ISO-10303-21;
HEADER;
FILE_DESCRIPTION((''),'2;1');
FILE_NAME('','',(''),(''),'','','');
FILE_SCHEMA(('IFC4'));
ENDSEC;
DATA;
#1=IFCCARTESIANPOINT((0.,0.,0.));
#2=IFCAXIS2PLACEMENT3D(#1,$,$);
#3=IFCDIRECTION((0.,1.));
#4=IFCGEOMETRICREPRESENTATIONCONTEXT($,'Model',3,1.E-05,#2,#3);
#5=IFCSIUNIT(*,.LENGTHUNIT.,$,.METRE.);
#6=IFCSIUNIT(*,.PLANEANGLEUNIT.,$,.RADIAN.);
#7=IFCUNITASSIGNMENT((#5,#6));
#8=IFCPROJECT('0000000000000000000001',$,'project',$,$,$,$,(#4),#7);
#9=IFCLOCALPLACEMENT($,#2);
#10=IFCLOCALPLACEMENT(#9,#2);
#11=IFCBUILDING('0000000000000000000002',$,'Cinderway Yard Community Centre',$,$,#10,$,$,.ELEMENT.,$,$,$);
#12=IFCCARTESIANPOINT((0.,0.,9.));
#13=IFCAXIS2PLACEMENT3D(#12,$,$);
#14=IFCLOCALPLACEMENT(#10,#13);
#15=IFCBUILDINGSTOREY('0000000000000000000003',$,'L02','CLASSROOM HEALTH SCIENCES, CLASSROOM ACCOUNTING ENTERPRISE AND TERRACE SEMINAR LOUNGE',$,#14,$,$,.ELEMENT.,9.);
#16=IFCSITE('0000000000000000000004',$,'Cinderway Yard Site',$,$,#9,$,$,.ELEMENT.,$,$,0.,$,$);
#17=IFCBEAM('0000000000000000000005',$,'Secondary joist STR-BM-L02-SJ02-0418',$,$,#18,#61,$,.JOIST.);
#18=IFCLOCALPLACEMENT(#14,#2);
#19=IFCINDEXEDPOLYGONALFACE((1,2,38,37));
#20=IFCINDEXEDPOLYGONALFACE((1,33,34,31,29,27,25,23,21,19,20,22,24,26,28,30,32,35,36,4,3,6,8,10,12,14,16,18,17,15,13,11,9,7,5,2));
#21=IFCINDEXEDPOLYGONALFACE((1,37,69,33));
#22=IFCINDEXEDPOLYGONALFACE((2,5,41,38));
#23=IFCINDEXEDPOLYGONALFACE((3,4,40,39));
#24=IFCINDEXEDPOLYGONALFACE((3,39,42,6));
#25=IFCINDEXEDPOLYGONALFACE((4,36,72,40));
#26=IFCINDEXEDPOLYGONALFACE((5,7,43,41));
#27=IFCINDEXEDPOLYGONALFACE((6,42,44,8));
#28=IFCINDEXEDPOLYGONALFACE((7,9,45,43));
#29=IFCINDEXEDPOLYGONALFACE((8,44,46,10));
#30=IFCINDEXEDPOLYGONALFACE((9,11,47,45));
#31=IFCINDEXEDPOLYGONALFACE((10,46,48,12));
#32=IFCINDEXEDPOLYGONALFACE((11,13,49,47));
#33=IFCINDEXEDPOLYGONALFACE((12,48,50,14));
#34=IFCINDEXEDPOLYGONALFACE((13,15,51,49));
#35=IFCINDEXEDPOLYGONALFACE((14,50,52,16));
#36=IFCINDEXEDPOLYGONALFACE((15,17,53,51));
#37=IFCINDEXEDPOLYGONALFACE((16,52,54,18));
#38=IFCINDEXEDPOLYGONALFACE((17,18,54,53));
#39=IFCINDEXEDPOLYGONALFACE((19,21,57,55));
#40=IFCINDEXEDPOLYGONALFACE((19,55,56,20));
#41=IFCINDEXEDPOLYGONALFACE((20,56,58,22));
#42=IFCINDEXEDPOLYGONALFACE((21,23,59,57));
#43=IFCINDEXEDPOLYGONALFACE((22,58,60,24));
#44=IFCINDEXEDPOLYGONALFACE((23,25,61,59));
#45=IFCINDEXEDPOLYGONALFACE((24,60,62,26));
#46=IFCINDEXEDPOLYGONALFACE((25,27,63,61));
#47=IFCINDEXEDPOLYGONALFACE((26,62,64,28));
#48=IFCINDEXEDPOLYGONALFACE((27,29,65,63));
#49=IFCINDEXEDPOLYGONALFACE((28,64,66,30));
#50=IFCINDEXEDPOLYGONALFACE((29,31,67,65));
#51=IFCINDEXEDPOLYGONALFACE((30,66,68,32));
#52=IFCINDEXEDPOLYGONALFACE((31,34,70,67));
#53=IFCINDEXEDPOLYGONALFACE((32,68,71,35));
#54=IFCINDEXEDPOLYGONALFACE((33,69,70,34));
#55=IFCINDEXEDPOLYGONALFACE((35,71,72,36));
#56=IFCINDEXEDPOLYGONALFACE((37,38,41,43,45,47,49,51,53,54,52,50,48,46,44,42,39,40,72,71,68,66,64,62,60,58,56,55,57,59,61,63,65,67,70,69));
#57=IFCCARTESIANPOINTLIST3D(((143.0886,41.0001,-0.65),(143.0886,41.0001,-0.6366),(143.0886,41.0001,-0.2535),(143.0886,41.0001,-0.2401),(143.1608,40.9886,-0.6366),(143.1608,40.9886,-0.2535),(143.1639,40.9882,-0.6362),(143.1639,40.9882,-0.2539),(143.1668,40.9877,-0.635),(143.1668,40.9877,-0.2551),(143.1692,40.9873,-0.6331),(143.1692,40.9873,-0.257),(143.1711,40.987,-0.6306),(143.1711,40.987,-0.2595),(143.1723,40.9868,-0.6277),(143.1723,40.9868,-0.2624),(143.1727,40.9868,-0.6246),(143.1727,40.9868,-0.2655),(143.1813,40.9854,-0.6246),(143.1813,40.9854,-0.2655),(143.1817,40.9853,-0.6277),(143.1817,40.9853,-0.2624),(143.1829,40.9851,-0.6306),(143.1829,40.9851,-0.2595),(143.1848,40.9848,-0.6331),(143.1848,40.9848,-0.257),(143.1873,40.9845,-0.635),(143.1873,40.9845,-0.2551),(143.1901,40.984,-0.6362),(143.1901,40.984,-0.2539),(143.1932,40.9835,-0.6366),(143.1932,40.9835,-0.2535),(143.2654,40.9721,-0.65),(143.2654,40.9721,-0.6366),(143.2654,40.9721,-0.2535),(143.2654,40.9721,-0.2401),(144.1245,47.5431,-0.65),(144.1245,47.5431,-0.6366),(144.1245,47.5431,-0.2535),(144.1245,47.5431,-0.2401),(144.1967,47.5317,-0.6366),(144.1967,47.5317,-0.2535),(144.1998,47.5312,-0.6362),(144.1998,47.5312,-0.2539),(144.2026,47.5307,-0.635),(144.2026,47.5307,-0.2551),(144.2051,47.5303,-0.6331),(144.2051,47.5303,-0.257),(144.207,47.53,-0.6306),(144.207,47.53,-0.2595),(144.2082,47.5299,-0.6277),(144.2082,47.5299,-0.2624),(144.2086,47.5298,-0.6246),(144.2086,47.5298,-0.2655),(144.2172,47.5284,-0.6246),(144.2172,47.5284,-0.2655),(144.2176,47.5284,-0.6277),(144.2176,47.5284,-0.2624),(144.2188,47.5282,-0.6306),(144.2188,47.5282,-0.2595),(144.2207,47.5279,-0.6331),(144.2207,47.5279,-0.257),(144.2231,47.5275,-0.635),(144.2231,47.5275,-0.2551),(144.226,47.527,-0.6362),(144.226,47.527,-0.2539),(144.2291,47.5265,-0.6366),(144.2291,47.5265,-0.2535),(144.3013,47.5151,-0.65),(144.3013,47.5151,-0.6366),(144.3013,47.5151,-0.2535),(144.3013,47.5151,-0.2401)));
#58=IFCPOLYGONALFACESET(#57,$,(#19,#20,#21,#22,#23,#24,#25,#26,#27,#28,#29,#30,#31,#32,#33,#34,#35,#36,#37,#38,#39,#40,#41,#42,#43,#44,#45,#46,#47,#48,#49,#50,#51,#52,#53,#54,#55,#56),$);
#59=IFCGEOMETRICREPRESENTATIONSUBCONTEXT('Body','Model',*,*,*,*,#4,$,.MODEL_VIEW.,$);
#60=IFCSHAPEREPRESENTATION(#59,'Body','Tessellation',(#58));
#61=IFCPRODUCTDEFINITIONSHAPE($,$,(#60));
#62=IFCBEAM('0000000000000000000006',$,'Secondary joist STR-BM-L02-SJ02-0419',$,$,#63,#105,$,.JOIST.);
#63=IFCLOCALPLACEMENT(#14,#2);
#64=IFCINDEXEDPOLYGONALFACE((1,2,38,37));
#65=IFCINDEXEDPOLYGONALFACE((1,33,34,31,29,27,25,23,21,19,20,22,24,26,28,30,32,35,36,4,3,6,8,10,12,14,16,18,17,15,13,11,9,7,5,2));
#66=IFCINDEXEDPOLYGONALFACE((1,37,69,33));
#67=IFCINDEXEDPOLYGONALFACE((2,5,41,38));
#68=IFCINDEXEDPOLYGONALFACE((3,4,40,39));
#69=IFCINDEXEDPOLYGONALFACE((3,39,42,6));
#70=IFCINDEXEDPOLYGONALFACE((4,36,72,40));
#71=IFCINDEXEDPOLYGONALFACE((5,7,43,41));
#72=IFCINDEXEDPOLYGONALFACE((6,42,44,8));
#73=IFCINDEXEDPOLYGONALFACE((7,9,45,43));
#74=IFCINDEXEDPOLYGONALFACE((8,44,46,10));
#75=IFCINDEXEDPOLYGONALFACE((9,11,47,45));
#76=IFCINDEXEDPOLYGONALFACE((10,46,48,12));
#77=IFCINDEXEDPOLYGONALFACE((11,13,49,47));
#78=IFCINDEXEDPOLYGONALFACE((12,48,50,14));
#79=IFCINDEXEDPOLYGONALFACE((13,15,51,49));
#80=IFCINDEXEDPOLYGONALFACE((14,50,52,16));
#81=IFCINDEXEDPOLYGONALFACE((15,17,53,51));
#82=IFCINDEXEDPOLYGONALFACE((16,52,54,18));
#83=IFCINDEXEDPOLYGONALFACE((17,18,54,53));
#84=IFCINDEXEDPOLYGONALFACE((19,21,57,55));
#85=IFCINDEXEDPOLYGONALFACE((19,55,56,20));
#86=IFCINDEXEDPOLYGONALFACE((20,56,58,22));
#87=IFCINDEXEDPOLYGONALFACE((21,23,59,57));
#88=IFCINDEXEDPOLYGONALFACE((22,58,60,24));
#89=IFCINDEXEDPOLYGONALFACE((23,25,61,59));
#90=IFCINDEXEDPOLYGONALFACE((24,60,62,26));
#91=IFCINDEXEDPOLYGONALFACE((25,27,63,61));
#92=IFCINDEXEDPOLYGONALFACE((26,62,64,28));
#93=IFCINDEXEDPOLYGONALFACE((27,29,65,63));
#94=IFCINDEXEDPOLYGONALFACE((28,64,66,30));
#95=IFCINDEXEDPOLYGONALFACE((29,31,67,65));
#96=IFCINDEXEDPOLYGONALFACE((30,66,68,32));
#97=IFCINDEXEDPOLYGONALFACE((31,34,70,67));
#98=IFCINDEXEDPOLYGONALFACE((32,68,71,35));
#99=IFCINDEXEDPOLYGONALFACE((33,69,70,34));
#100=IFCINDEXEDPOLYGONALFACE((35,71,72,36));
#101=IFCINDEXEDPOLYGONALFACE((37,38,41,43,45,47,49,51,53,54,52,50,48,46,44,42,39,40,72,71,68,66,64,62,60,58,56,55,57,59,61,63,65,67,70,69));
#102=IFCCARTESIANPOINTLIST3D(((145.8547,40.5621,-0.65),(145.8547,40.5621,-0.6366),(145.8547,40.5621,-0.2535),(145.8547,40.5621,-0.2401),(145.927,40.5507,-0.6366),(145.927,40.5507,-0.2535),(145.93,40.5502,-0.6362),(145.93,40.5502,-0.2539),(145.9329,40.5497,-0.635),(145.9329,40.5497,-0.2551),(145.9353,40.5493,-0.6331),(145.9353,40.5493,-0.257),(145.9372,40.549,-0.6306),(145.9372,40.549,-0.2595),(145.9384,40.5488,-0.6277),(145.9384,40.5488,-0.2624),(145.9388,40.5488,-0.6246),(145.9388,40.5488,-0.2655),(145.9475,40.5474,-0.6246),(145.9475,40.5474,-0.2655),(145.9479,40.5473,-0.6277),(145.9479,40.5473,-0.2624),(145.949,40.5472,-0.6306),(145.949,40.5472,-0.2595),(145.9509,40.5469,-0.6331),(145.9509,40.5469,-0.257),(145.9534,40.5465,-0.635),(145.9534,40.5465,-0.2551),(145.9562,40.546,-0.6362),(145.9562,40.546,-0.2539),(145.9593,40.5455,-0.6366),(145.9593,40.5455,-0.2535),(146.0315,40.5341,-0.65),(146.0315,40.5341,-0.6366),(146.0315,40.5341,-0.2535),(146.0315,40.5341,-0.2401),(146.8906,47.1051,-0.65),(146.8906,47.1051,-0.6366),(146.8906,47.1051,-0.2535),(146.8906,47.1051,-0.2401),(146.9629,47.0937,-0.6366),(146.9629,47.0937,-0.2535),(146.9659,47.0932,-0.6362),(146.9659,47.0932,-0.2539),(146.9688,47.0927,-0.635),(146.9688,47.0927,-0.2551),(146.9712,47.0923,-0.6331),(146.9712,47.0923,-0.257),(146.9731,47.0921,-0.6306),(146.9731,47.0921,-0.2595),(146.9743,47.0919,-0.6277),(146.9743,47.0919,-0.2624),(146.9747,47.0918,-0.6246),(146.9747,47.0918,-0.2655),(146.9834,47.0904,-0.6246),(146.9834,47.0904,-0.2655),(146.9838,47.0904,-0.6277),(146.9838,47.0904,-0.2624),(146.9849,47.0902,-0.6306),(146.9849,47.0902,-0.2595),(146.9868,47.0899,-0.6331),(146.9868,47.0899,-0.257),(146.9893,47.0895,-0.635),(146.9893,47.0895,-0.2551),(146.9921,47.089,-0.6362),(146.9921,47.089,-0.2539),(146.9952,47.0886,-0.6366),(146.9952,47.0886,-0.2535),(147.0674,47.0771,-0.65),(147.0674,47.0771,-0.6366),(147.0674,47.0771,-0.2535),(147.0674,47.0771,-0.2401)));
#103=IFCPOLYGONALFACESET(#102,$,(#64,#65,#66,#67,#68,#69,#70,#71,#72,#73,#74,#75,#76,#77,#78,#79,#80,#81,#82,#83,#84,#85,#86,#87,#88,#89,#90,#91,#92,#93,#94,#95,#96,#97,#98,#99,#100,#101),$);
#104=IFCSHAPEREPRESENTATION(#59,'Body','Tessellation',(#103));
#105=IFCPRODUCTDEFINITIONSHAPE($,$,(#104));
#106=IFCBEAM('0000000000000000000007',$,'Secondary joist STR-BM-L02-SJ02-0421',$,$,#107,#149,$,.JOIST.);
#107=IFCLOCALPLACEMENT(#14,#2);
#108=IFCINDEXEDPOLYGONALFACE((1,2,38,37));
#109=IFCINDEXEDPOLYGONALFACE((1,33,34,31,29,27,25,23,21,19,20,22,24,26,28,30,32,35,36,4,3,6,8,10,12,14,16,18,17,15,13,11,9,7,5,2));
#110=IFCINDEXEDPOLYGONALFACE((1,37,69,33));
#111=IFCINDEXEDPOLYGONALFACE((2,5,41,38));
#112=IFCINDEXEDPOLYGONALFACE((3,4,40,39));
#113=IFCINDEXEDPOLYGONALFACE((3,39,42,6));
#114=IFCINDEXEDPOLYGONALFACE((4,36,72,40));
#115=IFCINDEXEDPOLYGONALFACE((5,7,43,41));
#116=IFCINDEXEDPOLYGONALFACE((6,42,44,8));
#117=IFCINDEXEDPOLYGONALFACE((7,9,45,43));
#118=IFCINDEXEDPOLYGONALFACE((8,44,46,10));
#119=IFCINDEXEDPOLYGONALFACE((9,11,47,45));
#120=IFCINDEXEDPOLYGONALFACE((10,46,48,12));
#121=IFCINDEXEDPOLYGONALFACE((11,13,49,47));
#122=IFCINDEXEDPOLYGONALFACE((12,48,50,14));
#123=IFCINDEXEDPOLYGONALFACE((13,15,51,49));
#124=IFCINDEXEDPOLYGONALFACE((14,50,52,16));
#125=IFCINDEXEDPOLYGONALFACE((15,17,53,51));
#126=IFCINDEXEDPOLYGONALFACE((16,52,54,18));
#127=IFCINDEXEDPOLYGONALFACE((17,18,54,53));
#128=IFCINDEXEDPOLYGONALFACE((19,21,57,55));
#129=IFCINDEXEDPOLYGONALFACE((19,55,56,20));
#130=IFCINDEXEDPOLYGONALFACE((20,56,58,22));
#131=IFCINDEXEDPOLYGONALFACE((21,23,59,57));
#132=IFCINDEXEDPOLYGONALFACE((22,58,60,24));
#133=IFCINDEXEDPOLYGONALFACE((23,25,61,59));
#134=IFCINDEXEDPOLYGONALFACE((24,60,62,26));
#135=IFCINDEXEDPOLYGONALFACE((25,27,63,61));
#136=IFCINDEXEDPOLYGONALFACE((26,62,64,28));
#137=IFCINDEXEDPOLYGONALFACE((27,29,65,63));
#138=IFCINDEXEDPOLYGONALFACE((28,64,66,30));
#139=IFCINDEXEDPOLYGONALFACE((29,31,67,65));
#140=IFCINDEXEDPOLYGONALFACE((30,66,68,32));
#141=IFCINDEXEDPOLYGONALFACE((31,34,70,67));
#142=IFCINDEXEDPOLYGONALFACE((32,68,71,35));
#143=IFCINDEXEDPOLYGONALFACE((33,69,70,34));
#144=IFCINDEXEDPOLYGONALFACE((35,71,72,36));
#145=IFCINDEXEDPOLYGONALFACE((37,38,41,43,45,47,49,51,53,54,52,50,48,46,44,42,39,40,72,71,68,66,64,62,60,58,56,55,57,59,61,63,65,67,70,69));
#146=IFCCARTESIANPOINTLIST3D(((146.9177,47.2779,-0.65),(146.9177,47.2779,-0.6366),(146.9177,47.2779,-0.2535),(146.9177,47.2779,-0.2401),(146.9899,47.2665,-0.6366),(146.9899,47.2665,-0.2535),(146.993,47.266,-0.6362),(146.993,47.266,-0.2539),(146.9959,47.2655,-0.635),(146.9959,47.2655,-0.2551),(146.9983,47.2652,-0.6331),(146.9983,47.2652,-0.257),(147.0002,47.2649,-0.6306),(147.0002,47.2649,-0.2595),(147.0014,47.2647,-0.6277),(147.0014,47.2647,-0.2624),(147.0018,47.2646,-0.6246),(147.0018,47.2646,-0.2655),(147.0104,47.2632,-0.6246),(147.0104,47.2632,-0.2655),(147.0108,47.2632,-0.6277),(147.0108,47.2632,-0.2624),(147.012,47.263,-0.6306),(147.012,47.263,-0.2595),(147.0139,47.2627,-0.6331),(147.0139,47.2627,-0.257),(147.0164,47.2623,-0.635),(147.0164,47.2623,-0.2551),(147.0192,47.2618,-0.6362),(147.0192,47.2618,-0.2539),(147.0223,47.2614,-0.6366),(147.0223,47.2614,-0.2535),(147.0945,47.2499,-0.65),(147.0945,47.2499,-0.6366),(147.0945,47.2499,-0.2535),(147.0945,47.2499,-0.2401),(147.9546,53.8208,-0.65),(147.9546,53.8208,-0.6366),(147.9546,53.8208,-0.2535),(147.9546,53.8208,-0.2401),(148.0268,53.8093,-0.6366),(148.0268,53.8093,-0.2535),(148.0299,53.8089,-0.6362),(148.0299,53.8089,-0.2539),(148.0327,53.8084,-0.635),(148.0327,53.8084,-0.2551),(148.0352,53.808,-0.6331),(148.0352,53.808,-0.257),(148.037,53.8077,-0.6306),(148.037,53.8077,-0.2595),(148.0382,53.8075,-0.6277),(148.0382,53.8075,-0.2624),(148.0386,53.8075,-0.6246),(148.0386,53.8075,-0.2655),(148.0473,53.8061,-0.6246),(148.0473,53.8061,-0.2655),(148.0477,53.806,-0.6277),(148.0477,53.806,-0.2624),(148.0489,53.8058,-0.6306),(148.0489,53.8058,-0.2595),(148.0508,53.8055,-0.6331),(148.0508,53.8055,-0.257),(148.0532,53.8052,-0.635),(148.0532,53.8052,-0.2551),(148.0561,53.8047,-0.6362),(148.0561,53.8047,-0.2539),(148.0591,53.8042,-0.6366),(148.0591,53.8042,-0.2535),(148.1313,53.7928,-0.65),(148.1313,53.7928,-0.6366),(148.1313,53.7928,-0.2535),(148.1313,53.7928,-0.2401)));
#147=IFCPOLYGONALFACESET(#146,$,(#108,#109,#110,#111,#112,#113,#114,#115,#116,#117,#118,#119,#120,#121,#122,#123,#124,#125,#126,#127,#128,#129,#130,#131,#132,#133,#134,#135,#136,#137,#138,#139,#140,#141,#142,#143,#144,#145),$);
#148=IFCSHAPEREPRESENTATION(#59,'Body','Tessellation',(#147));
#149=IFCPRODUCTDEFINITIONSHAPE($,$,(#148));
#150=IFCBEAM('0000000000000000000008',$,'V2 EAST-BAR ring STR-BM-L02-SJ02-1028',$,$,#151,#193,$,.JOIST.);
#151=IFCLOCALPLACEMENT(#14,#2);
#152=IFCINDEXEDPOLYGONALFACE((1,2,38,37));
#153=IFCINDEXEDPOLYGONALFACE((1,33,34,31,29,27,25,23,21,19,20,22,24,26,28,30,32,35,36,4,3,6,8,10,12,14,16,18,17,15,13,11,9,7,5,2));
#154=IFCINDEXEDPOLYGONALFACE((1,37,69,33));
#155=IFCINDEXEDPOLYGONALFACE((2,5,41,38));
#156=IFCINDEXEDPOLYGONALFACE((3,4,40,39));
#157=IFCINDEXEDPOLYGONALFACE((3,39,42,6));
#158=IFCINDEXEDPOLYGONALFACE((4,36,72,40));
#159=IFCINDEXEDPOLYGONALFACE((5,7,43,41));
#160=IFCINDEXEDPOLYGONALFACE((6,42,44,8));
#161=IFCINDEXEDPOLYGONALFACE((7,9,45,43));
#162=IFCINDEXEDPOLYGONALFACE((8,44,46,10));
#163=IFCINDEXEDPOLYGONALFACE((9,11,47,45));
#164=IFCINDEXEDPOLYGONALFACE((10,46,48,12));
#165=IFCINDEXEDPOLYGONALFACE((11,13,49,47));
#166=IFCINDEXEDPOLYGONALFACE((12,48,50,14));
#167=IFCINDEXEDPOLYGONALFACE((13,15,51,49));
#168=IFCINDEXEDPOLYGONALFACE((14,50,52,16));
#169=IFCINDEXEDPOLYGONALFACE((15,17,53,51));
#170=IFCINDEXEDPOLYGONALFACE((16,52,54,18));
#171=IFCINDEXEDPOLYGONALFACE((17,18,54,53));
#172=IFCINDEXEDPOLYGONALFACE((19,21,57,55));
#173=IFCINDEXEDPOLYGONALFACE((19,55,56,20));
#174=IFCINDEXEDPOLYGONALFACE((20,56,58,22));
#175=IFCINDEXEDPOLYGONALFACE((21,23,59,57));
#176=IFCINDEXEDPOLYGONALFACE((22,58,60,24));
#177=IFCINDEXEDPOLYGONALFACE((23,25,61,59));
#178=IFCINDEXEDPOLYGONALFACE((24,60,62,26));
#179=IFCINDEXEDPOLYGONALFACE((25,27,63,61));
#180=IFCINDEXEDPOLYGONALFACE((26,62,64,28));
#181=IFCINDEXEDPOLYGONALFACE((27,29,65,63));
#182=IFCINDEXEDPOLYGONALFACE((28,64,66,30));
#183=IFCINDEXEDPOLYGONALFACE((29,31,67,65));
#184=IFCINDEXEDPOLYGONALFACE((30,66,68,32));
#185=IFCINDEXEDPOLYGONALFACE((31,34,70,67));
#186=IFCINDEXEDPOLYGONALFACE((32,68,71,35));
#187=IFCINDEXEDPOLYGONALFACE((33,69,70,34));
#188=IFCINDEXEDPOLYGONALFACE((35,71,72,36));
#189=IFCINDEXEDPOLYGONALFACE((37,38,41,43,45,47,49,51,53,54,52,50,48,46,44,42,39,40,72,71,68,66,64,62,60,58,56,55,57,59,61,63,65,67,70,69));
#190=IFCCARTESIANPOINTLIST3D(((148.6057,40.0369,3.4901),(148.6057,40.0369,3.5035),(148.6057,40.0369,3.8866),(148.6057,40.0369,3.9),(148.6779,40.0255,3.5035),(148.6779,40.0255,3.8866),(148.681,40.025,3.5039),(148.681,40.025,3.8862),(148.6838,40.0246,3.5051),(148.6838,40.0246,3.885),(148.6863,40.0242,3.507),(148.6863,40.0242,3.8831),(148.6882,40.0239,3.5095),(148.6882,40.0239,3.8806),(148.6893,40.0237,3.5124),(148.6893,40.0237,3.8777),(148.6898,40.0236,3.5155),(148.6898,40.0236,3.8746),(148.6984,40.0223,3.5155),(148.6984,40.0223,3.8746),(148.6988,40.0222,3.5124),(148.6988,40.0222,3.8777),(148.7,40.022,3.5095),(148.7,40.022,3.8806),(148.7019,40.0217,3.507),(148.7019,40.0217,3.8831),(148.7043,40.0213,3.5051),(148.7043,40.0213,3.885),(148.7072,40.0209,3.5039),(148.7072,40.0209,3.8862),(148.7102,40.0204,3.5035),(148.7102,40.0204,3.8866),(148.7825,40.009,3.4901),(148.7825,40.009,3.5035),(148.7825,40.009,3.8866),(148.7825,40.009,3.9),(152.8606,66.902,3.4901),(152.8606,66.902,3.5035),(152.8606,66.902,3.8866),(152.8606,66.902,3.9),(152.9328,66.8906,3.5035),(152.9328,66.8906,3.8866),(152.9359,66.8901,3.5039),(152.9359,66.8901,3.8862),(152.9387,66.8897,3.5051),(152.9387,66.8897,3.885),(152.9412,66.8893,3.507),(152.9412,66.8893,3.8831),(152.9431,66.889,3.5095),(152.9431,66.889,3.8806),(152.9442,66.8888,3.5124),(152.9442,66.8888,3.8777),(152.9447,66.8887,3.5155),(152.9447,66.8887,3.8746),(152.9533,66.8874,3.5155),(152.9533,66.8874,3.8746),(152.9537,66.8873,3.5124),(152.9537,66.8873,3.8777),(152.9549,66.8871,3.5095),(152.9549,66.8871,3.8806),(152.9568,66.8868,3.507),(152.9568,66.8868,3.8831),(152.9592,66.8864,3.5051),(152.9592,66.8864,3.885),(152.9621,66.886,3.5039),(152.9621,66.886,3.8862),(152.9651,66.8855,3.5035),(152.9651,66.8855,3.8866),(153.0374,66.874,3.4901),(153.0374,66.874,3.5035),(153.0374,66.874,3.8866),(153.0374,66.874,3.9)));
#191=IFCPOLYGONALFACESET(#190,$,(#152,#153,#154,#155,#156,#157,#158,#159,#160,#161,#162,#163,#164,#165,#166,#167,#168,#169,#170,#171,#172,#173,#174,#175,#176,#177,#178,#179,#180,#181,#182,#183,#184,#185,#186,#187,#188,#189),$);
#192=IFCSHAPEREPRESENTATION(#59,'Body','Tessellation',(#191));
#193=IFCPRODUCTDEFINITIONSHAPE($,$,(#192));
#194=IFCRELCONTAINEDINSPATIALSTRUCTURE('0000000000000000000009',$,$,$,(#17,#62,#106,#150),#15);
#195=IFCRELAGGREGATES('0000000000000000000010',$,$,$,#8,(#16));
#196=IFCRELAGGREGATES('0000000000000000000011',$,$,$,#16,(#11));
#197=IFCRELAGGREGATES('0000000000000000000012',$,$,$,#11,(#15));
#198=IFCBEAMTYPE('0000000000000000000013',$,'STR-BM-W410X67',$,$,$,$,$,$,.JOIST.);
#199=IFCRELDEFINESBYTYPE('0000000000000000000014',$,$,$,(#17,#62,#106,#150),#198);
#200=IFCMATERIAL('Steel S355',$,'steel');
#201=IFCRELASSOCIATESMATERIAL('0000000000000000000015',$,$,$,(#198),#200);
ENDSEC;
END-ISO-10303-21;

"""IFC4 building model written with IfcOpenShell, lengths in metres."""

from ifc_helpers import new_model, si_unit, direction, frame, origin, origin_2d, place, context, subcontext, project, spatial, i_section, extrude, material, material_profile, profile_set, type_object, element, save


model = new_model("IFC4")

# Units and contexts
model_context = context("Model", 3, precision=1e-05, world=origin(), true_north=direction((0.0, 1.0)))
body_context = subcontext(model_context, "Body", "Model", "MODEL_VIEW")
ifc_project = project(units=[si_unit("LENGTHUNIT", "METRE"), si_unit("PLANEANGLEUNIT", "RADIAN")], contexts=[model_context])

# Site, building, storey
site_placement = place(None, origin())
site = spatial("IfcSite", under=ifc_project, at=site_placement, Name="Cinderway Yard Site", CompositionType="ELEMENT", RefElevation=0.0)
building_placement = place(site_placement, origin())
building = spatial("IfcBuilding", under=site, at=building_placement, Name="Cinderway Yard Community Centre", CompositionType="ELEMENT")
storey_placement = place(building_placement, frame((0.0, 0.0, 9.0)))
storey = spatial("IfcBuildingStorey", under=building, at=storey_placement, Name="L02", Description="CLASSROOM HEALTH SCIENCES, CLASSROOM ACCOUNTING ENTERPRISE AND TERRACE SEMINAR LOUNGE", CompositionType="ELEMENT", Elevation=9.0)

# Shared definitions
ifc_material_1 = material(Name="Steel S355", Category="steel")

# Beams
ifc_material_profile_1 = material_profile(ifc_material_1, i_section(OverallWidth=0.179, OverallDepth=0.4099, WebThickness=0.0088, FlangeThickness=0.0134, FilletRadius=0.012, at=origin_2d()), Name="Steel S355")
ifc_profile_set_1 = profile_set([ifc_material_profile_1], Name="Steel S355")
beam_type_1 = type_object("IfcBeamType", Name="STR-BM-W410X67", PredefinedType="JOIST", material=ifc_profile_set_1)
for number, where, z_axis, x_axis, name in (
    (1, (143.177, 40.9861, -0.4451), (0.156373, 0.987698, 0.0), (-0.987698, 0.156373, 0.0), "Secondary joist STR-BM-L02-SJ02-0418"),
    (2, (145.9431, 40.5481, -0.4451), (0.156373, 0.987698, 0.0), (-0.987698, 0.156373, 0.0), "Secondary joist STR-BM-L02-SJ02-0419"),
    (3, (147.0061, 47.2639, -0.4451), (0.156517, 0.987675, 0.0), (-0.987675, 0.156517, 0.0), "Secondary joist STR-BM-L02-SJ02-0421"),
):
    element("IfcBeam", number, at=place(storey_placement, frame(where, z_axis=z_axis, x_axis=x_axis)), inside=storey, type_object=beam_type_1, Name=name, PredefinedType="JOIST", context=body_context, shape_type="SweptSolid", body=[
        extrude(i_section(OverallWidth=0.179, OverallDepth=0.4099, WebThickness=0.0088, FlangeThickness=0.0134, FilletRadius=0.012, at=origin_2d()), origin(), (0.0, 0.0, 1.0), 6.6245),
    ])
beam_1_placement = place(storey_placement, frame((148.6941, 40.0229, 3.6951), z_axis=(0.15643, 0.987689, 0.0), x_axis=(-0.987689, 0.15643, 0.0)))
element("IfcBeam", 4, at=beam_1_placement, inside=storey, type_object=beam_type_1, Name="V2 EAST-BAR ring STR-BM-L02-SJ02-1028", PredefinedType="JOIST", context=body_context, shape_type="SweptSolid", body=[
    extrude(i_section(OverallWidth=0.179, OverallDepth=0.4099, WebThickness=0.0088, FlangeThickness=0.0134, FilletRadius=0.012, at=origin_2d()), origin(), (0.0, 0.0, 1.0), 27.2),
])

save(model, "model.ifc")
